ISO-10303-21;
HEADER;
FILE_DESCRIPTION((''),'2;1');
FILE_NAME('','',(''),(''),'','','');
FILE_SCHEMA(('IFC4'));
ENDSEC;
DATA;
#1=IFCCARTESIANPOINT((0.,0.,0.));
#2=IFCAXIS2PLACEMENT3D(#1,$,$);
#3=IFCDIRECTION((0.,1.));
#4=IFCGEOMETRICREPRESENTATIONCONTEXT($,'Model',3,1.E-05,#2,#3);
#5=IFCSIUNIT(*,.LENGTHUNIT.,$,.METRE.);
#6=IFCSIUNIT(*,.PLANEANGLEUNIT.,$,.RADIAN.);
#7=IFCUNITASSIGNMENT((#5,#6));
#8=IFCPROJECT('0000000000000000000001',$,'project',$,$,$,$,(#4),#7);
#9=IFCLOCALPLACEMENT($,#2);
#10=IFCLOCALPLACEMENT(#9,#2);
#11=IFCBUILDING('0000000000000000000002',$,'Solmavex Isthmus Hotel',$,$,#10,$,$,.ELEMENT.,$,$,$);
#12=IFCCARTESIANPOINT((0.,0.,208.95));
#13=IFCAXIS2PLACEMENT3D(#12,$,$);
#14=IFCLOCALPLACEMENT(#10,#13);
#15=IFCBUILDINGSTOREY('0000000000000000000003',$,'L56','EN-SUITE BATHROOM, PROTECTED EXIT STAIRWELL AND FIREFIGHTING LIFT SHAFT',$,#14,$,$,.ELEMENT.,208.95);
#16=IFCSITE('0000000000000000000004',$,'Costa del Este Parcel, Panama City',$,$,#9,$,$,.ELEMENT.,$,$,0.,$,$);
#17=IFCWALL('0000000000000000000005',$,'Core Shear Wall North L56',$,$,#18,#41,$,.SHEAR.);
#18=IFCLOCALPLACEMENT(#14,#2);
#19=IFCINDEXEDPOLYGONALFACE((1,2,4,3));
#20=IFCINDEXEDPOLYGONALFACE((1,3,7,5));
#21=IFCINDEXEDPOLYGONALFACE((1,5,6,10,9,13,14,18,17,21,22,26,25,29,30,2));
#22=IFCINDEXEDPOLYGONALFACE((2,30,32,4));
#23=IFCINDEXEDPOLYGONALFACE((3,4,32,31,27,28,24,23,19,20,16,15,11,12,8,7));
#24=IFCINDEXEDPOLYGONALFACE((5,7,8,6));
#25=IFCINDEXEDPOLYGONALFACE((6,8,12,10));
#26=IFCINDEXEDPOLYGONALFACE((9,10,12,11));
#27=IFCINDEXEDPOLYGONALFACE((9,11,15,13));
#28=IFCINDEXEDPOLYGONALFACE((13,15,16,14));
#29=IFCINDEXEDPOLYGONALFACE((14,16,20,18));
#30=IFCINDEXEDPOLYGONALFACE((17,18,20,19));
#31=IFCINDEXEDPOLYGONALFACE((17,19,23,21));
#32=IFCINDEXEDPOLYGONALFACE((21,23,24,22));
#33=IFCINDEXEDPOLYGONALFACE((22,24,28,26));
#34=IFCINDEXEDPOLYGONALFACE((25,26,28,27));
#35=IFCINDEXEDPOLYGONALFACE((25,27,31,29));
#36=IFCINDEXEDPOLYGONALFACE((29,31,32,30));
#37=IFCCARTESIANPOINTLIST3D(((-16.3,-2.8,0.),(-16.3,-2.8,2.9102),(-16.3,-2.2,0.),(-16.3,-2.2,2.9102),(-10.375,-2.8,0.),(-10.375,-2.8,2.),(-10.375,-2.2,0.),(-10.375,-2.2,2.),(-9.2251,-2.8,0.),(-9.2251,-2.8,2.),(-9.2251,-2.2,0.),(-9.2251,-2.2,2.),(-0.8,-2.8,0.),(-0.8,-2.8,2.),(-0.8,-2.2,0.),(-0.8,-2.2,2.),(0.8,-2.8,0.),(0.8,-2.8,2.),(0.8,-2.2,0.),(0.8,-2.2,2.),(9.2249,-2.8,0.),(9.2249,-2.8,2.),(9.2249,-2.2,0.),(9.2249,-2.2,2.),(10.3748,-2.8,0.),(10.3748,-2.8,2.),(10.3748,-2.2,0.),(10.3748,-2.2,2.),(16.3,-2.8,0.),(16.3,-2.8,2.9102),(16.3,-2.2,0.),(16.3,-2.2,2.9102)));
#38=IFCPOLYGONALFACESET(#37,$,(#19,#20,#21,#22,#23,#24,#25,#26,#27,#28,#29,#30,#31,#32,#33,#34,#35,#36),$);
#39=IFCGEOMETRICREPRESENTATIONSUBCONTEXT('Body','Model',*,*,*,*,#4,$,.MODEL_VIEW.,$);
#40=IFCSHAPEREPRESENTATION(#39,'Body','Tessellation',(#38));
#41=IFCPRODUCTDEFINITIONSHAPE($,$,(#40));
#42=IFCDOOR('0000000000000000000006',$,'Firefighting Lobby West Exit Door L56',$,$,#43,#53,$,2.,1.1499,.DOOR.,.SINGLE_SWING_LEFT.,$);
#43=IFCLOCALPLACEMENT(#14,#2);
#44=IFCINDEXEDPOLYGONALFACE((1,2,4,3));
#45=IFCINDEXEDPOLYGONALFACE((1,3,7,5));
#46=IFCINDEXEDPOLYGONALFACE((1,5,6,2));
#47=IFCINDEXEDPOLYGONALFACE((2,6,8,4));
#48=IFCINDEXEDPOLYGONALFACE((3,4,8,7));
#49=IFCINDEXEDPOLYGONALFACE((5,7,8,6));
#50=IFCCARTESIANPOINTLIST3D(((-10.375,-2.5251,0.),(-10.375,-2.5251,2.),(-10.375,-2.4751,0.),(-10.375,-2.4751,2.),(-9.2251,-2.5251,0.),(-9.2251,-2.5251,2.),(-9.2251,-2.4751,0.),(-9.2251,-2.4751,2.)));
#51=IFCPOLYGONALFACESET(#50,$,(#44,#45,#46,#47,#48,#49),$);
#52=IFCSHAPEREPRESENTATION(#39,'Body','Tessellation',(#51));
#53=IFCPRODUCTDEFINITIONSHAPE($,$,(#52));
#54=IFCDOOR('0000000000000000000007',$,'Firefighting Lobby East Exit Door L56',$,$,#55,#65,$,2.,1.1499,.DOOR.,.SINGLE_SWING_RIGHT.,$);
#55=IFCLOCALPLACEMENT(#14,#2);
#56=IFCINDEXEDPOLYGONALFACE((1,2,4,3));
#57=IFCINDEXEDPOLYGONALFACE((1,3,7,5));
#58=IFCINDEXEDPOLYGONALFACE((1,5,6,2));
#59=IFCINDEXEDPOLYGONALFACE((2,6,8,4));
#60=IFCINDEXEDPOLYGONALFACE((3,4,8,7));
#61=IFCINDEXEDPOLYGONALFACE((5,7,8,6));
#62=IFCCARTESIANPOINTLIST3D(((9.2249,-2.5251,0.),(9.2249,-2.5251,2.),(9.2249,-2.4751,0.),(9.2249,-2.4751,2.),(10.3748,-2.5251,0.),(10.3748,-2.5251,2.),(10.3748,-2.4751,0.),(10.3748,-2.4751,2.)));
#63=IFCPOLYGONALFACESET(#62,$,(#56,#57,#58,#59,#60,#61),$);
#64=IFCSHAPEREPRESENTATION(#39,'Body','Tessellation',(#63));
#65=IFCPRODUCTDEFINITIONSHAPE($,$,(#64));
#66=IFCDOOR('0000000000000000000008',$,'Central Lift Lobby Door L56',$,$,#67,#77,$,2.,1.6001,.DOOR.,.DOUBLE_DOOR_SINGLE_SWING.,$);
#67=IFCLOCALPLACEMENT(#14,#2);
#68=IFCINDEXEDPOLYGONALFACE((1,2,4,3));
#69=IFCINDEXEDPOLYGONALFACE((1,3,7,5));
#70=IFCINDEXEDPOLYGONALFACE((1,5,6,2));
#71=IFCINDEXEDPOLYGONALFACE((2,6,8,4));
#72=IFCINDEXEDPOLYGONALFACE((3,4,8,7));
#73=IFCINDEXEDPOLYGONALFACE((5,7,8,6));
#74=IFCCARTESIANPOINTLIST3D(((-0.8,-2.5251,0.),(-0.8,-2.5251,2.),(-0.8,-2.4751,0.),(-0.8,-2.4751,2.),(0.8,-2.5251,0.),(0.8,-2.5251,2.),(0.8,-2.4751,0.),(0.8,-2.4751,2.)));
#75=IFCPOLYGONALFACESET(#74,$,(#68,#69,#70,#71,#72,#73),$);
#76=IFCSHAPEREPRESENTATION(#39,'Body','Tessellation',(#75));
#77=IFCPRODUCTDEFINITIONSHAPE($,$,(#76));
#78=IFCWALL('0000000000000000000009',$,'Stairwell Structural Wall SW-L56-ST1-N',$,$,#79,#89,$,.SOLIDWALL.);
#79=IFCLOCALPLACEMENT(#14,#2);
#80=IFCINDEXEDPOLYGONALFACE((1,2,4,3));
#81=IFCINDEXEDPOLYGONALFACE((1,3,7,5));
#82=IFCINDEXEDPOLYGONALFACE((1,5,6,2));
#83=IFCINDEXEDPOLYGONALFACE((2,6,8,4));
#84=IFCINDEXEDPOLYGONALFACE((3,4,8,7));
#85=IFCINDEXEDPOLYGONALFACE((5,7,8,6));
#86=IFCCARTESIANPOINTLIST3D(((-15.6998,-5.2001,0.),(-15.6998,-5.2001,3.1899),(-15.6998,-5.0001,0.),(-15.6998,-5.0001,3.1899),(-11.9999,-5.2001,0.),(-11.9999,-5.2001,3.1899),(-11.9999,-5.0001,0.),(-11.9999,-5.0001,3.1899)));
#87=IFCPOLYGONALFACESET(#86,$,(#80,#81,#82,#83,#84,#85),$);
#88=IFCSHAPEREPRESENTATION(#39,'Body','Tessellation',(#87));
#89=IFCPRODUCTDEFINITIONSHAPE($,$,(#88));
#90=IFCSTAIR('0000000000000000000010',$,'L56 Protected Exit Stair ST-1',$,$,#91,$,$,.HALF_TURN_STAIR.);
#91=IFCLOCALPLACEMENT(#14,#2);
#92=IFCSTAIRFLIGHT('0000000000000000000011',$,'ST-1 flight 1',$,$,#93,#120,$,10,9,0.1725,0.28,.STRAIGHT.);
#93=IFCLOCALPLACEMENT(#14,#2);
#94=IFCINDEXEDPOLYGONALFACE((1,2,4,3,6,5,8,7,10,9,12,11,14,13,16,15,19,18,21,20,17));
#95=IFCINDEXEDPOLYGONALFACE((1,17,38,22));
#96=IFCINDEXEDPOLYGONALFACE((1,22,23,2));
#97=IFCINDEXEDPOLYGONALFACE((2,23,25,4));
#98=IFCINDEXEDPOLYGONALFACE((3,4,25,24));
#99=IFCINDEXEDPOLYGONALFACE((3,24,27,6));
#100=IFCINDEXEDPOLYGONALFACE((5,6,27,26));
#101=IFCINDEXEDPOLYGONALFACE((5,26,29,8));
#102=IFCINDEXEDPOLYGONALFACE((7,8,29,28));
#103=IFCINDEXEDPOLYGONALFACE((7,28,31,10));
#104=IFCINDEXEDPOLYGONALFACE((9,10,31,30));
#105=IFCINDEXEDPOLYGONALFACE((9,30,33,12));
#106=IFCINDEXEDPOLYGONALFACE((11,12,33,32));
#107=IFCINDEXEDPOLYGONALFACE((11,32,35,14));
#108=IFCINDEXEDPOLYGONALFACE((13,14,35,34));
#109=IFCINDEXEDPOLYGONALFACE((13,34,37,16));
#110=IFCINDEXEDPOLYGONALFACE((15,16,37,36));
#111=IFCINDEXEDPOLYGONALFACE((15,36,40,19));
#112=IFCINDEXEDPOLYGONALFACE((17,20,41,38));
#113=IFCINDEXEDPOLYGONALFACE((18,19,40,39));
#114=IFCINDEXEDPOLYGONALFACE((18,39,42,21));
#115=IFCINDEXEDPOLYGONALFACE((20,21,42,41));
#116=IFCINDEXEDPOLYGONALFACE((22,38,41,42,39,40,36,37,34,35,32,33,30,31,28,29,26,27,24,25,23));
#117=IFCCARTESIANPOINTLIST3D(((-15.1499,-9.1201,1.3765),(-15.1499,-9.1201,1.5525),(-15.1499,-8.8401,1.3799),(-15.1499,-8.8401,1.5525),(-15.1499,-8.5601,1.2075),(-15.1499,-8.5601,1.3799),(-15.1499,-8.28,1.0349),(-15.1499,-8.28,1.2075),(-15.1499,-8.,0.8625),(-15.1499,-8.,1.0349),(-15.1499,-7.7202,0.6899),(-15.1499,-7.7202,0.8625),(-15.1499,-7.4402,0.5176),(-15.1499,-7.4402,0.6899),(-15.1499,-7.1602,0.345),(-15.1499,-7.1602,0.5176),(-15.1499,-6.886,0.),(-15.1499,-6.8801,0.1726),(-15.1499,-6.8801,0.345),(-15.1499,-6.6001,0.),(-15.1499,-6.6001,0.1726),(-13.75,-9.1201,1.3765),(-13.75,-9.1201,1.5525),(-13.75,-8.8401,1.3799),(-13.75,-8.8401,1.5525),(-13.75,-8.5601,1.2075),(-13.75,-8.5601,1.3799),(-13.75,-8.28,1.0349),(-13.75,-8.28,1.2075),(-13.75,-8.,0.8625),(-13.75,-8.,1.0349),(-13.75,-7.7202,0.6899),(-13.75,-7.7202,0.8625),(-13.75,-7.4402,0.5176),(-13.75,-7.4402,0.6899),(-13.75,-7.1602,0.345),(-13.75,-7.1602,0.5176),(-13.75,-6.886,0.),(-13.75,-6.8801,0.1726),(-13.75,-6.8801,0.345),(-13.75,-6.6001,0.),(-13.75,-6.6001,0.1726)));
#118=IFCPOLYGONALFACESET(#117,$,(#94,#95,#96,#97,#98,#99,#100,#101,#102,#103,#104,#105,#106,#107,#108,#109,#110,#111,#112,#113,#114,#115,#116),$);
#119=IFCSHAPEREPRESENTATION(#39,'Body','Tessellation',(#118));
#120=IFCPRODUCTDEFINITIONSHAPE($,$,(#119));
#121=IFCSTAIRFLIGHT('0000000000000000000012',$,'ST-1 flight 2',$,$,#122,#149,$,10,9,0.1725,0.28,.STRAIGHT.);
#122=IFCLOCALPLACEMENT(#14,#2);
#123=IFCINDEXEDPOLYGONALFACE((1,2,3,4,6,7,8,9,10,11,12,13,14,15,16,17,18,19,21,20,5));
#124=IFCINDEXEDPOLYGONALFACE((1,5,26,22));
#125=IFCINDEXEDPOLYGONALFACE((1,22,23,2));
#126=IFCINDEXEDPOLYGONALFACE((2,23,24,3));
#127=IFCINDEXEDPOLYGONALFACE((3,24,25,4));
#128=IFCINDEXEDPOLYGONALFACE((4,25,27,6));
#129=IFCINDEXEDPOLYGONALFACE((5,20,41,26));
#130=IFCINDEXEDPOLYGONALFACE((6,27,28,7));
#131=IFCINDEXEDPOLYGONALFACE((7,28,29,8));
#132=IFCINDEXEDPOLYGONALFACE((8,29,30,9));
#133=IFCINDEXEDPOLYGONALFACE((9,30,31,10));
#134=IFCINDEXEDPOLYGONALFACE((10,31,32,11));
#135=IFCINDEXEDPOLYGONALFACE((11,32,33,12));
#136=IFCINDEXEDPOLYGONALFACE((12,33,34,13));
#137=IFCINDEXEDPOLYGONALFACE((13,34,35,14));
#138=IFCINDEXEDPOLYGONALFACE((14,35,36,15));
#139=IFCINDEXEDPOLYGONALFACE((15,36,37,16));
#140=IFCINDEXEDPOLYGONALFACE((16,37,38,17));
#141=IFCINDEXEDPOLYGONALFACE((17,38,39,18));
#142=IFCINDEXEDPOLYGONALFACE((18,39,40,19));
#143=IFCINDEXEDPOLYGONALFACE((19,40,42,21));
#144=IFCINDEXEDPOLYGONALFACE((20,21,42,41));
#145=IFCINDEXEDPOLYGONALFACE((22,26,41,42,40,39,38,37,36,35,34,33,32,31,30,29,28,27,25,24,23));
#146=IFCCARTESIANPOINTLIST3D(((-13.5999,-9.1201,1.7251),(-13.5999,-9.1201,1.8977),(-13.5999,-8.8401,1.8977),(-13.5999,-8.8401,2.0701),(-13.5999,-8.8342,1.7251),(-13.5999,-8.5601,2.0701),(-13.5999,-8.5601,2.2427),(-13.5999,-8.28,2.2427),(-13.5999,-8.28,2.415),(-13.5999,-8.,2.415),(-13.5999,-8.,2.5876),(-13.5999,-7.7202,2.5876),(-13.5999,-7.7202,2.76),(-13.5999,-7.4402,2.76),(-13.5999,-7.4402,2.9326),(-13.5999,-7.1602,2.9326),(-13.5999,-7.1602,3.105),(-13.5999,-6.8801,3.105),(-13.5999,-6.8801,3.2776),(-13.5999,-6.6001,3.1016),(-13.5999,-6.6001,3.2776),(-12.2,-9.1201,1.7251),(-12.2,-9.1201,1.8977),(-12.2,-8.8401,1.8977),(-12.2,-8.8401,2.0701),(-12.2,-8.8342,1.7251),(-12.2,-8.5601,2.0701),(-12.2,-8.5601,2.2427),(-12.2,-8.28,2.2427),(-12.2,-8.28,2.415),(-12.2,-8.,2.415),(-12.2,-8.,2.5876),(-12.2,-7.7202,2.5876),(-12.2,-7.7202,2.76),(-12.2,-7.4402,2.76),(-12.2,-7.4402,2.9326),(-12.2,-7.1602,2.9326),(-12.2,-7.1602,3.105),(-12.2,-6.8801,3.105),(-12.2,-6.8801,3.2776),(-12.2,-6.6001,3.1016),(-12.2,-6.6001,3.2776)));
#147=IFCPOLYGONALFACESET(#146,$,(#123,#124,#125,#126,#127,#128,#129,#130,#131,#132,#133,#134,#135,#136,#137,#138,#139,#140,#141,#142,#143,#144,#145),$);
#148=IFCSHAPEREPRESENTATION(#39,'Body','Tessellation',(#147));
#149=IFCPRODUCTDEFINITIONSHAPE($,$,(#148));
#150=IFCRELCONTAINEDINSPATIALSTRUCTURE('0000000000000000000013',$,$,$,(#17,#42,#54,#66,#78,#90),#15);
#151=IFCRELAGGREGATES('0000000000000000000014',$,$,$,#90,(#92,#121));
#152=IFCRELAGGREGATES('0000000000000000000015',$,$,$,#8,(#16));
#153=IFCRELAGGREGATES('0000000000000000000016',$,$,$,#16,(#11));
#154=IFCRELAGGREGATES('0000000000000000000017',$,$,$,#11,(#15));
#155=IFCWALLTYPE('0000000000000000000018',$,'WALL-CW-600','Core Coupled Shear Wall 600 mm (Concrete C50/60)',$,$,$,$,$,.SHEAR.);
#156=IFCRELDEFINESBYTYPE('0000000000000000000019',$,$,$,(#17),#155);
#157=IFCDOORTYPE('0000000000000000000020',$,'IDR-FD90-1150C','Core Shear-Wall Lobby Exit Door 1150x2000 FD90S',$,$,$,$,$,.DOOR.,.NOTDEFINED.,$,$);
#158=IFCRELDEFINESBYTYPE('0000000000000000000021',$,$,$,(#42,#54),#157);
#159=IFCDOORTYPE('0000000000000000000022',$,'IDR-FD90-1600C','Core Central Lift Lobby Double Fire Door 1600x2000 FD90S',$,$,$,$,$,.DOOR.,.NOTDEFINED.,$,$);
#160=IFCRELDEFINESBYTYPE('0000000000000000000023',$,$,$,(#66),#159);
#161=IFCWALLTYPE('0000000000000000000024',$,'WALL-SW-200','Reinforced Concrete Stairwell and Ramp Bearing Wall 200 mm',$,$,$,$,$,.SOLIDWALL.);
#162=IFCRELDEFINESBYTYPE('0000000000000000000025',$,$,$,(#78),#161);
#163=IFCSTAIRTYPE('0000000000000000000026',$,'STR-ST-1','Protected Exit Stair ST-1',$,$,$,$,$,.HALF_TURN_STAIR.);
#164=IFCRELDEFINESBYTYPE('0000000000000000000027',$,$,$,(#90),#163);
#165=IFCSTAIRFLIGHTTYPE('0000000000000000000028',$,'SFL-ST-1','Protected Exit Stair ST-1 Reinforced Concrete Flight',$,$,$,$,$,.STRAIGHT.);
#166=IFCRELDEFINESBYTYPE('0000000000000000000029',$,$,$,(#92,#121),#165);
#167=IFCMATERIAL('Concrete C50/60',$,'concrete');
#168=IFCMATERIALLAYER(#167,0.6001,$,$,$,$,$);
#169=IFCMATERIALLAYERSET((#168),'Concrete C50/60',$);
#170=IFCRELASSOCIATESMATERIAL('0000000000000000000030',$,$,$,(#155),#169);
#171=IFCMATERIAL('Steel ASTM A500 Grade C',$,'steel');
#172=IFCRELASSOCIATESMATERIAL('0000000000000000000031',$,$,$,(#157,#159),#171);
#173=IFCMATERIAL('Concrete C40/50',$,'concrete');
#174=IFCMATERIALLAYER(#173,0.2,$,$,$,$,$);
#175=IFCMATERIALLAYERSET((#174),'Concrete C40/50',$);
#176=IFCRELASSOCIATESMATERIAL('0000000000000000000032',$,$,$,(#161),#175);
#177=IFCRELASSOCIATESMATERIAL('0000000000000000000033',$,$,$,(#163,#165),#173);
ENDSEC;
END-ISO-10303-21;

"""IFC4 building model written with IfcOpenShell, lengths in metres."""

from ifc_helpers import new_model, si_unit, direction, frame, frame_2d, origin, place, context, subcontext, project, spatial, polyline, rectangle, outline, extrude, material, layer, layer_set, type_object, element, fill, aggregate, save


model = new_model("IFC4")

# Units and contexts
model_context = context("Model", 3, precision=1e-05, world=origin(), true_north=direction((0.0, 1.0)))
body_context = subcontext(model_context, "Body", "Model", "MODEL_VIEW")
ifc_project = project(units=[si_unit("LENGTHUNIT", "METRE"), si_unit("PLANEANGLEUNIT", "RADIAN")], contexts=[model_context])

# Site, building, storey
site_placement = place(None, origin())
site = spatial("IfcSite", under=ifc_project, at=site_placement, Name="Costa del Este Parcel, Panama City", CompositionType="ELEMENT", RefElevation=0.0)
building_placement = place(site_placement, origin())
building = spatial("IfcBuilding", under=site, at=building_placement, Name="Solmavex Isthmus Hotel", CompositionType="ELEMENT")
storey_placement = place(building_placement, frame((0.0, 0.0, 208.95)))
storey = spatial("IfcBuildingStorey", under=building, at=storey_placement, Name="L56", Description="EN-SUITE BATHROOM, PROTECTED EXIT STAIRWELL AND FIREFIGHTING LIFT SHAFT", CompositionType="ELEMENT", Elevation=208.95)

# Shared definitions
ifc_material_1 = material(Name="Concrete C50/60", Category="concrete")

# Wall, openings, doors
ifc_layer_1 = layer(ifc_material_1, 0.6001)
ifc_layer_set_1 = layer_set([ifc_layer_1], Name="Concrete C50/60")
wall_type_1 = type_object("IfcWallType", Name="WALL-CW-600", Description="Core Coupled Shear Wall 600 mm (Concrete C50/60)", PredefinedType="SHEAR", material=ifc_layer_set_1)
wall_1_placement = place(storey_placement, frame((-16.3, -2.5, 0.0), z_axis=(0.0, 0.0, 1.0), x_axis=(1.0, 0.0, 0.0)))
wall_1 = element("IfcWall", 1, at=wall_1_placement, inside=storey, type_object=wall_type_1, Name="Core Shear Wall North L56", PredefinedType="SHEAR", context=body_context, shape_type="SweptSolid", body=[
    extrude(rectangle(XDim=32.6001, YDim=0.6001, at=frame_2d((16.3, 0.0))), origin(), (0.0, 0.0, 1.0), 2.9102),
])
opening_1_placement = place(wall_1_placement, frame((5.925, 0.0, 0.0)))
opening_1 = element("IfcOpeningElement", 2, at=opening_1_placement, cuts=wall_1, PredefinedType="OPENING", context=body_context, shape_type="SweptSolid", body=[
    extrude(rectangle(XDim=1.1499, YDim=2.0, at=frame_2d((0.575, 1.0))), frame((0.0, 0.3101, 0.0), z_axis=(0.0, -1.0, 0.0), x_axis=(1.0, 0.0, 0.0)), (0.0, 0.0, 1.0), 0.6201),
])
opening_2_placement = place(wall_1_placement, frame((15.5, 0.0, 0.0)))
opening_2 = element("IfcOpeningElement", 3, at=opening_2_placement, cuts=wall_1, PredefinedType="OPENING", context=body_context, shape_type="SweptSolid", body=[
    extrude(rectangle(XDim=1.6001, YDim=2.0, at=frame_2d((0.8, 1.0))), frame((0.0, 0.3101, 0.0), z_axis=(0.0, -1.0, 0.0), x_axis=(1.0, 0.0, 0.0)), (0.0, 0.0, 1.0), 0.6201),
])
opening_3_placement = place(wall_1_placement, frame((25.5249, 0.0, 0.0)))
opening_3 = element("IfcOpeningElement", 4, at=opening_3_placement, cuts=wall_1, PredefinedType="OPENING", context=body_context, shape_type="SweptSolid", body=[
    extrude(rectangle(XDim=1.1499, YDim=2.0, at=frame_2d((0.575, 1.0))), frame((0.0, 0.3101, 0.0), z_axis=(0.0, -1.0, 0.0), x_axis=(1.0, 0.0, 0.0)), (0.0, 0.0, 1.0), 0.6201),
])
ifc_material_2 = material(Name="Steel ASTM A500 Grade C", Category="steel")
door_type_1 = type_object("IfcDoorType", Name="IDR-FD90-1150C", Description="Core Shear-Wall Lobby Exit Door 1150x2000 FD90S", OperationType="NOTDEFINED", PredefinedType="DOOR", material=ifc_material_2)
door_1_placement = place(opening_1_placement, origin())
door_1 = element("IfcDoor", 5, at=door_1_placement, inside=storey, type_object=door_type_1, Name="Firefighting Lobby West Exit Door L56", OperationType="SINGLE_SWING_LEFT", OverallHeight=2.0, OverallWidth=1.1499, PredefinedType="DOOR", context=body_context, shape_type="SweptSolid", body=[
    extrude(rectangle(XDim=1.1499, YDim=2.0, at=frame_2d((0.575, 1.0))), frame((0.0, 0.0249, 0.0), z_axis=(0.0, -1.0, 0.0), x_axis=(1.0, 0.0, 0.0)), (0.0, 0.0, 1.0), 0.05),
])
fill(opening_1, door_1)
door_2_placement = place(opening_3_placement, origin())
door_2 = element("IfcDoor", 6, at=door_2_placement, inside=storey, type_object=door_type_1, Name="Firefighting Lobby East Exit Door L56", OperationType="SINGLE_SWING_RIGHT", OverallHeight=2.0, OverallWidth=1.1499, PredefinedType="DOOR", context=body_context, shape_type="SweptSolid", body=[
    extrude(rectangle(XDim=1.1499, YDim=2.0, at=frame_2d((0.575, 1.0))), frame((0.0, 0.0249, 0.0), z_axis=(0.0, -1.0, 0.0), x_axis=(1.0, 0.0, 0.0)), (0.0, 0.0, 1.0), 0.05),
])
fill(opening_3, door_2)
door_type_2 = type_object("IfcDoorType", Name="IDR-FD90-1600C", Description="Core Central Lift Lobby Double Fire Door 1600x2000 FD90S", OperationType="NOTDEFINED", PredefinedType="DOOR", material=ifc_material_2)
door_3_placement = place(opening_2_placement, origin())
door_3 = element("IfcDoor", 7, at=door_3_placement, inside=storey, type_object=door_type_2, Name="Central Lift Lobby Door L56", OperationType="DOUBLE_DOOR_SINGLE_SWING", OverallHeight=2.0, OverallWidth=1.6001, PredefinedType="DOOR", context=body_context, shape_type="SweptSolid", body=[
    extrude(rectangle(XDim=1.6001, YDim=2.0, at=frame_2d((0.8, 1.0))), frame((0.0, 0.0249, 0.0), z_axis=(0.0, -1.0, 0.0), x_axis=(1.0, 0.0, 0.0)), (0.0, 0.0, 1.0), 0.05),
])
fill(opening_2, door_3)

# Wall
ifc_material_3 = material(Name="Concrete C40/50", Category="concrete")
ifc_layer_2 = layer(ifc_material_3, 0.2)
ifc_layer_set_2 = layer_set([ifc_layer_2], Name="Concrete C40/50")
wall_type_2 = type_object("IfcWallType", Name="WALL-SW-200", Description="Reinforced Concrete Stairwell and Ramp Bearing Wall 200 mm", PredefinedType="SOLIDWALL", material=ifc_layer_set_2)
wall_2_placement = place(storey_placement, frame((-15.7, -5.1001, 0.0), z_axis=(0.0, 0.0, 1.0), x_axis=(1.0, 0.0, 0.0)))
element("IfcWall", 8, at=wall_2_placement, inside=storey, type_object=wall_type_2, Name="Stairwell Structural Wall SW-L56-ST1-N", PredefinedType="SOLIDWALL", context=body_context, shape_type="SweptSolid", body=[
    extrude(rectangle(XDim=3.7, YDim=0.2, at=frame_2d((1.8501, 0.0))), origin(), (0.0, 0.0, 1.0), 3.1899),
])

# Stair, stair flights
stair_type = type_object("IfcStairType", Name="STR-ST-1", Description="Protected Exit Stair ST-1", PredefinedType="HALF_TURN_STAIR", material=ifc_material_3)
stair_placement = place(storey_placement, origin())
stair = element("IfcStair", 9, at=stair_placement, inside=storey, type_object=stair_type, Name="L56 Protected Exit Stair ST-1", PredefinedType="HALF_TURN_STAIR")
stair_flight_type = type_object("IfcStairFlightType", Name="SFL-ST-1", Description="Protected Exit Stair ST-1 Reinforced Concrete Flight", PredefinedType="STRAIGHT", material=ifc_material_3)
stair_flight_1_placement = place(storey_placement, frame((-14.45, -6.6001, 0.0), z_axis=(0.0, 0.0, 1.0), x_axis=(0.0, -1.0, 0.0)))
stair_flight_1 = element("IfcStairFlight", 10, at=stair_flight_1_placement, type_object=stair_flight_type, Name="ST-1 flight 1", NumberOfRisers=10, NumberOfTreads=9, PredefinedType="STRAIGHT", RiserHeight=0.1725, TreadLength=0.28, context=body_context, shape_type="SweptSolid", body=[
    extrude(outline(polyline([(0.0, 0.0), (0.0, 0.1726), (0.28, 0.1726), (0.28, 0.345), (0.5601, 0.345), (0.5601, 0.5176), (0.8401, 0.5176), (0.8401, 0.6899), (1.1201, 0.6899), (1.1201, 0.8625), (1.3999, 0.8625), (1.3999, 1.0349), (1.6799, 1.0349), (1.6799, 1.2075), (1.96, 1.2075), (1.96, 1.3799), (2.24, 1.3799), (2.24, 1.5525), (2.52, 1.5525), (2.52, 1.7251), (2.52, 1.3765), (0.2859, 0.0), (0.0, 0.0)])), frame((0.0, 0.7, 0.0), z_axis=(0.0, -1.0, 0.0), x_axis=(1.0, 0.0, 0.0)), (0.0, 0.0, 1.0), 1.3999),
])
stair_flight_2_placement = place(storey_placement, frame((-12.8999, -9.1201, 1.7251), z_axis=(0.0, 0.0, 1.0), x_axis=(0.0, 1.0, 0.0)))
stair_flight_2 = element("IfcStairFlight", 11, at=stair_flight_2_placement, type_object=stair_flight_type, Name="ST-1 flight 2", NumberOfRisers=10, NumberOfTreads=9, PredefinedType="STRAIGHT", RiserHeight=0.1725, TreadLength=0.28, context=body_context, shape_type="SweptSolid", body=[
    extrude(outline(polyline([(0.0, 0.0), (0.0, 0.1726), (0.28, 0.1726), (0.28, 0.345), (0.5601, 0.345), (0.5601, 0.5176), (0.8401, 0.5176), (0.8401, 0.6899), (1.1201, 0.6899), (1.1201, 0.8625), (1.3999, 0.8625), (1.3999, 1.0349), (1.6799, 1.0349), (1.6799, 1.2075), (1.96, 1.2075), (1.96, 1.3799), (2.24, 1.3799), (2.24, 1.5525), (2.52, 1.5525), (2.52, 1.7251), (2.52, 1.3765), (0.2859, 0.0), (0.0, 0.0)])), frame((0.0, 0.7, 0.0), z_axis=(0.0, -1.0, 0.0), x_axis=(1.0, 0.0, 0.0)), (0.0, 0.0, 1.0), 1.3999),
])
aggregate(stair, [stair_flight_1, stair_flight_2])

save(model, "model.ifc")
